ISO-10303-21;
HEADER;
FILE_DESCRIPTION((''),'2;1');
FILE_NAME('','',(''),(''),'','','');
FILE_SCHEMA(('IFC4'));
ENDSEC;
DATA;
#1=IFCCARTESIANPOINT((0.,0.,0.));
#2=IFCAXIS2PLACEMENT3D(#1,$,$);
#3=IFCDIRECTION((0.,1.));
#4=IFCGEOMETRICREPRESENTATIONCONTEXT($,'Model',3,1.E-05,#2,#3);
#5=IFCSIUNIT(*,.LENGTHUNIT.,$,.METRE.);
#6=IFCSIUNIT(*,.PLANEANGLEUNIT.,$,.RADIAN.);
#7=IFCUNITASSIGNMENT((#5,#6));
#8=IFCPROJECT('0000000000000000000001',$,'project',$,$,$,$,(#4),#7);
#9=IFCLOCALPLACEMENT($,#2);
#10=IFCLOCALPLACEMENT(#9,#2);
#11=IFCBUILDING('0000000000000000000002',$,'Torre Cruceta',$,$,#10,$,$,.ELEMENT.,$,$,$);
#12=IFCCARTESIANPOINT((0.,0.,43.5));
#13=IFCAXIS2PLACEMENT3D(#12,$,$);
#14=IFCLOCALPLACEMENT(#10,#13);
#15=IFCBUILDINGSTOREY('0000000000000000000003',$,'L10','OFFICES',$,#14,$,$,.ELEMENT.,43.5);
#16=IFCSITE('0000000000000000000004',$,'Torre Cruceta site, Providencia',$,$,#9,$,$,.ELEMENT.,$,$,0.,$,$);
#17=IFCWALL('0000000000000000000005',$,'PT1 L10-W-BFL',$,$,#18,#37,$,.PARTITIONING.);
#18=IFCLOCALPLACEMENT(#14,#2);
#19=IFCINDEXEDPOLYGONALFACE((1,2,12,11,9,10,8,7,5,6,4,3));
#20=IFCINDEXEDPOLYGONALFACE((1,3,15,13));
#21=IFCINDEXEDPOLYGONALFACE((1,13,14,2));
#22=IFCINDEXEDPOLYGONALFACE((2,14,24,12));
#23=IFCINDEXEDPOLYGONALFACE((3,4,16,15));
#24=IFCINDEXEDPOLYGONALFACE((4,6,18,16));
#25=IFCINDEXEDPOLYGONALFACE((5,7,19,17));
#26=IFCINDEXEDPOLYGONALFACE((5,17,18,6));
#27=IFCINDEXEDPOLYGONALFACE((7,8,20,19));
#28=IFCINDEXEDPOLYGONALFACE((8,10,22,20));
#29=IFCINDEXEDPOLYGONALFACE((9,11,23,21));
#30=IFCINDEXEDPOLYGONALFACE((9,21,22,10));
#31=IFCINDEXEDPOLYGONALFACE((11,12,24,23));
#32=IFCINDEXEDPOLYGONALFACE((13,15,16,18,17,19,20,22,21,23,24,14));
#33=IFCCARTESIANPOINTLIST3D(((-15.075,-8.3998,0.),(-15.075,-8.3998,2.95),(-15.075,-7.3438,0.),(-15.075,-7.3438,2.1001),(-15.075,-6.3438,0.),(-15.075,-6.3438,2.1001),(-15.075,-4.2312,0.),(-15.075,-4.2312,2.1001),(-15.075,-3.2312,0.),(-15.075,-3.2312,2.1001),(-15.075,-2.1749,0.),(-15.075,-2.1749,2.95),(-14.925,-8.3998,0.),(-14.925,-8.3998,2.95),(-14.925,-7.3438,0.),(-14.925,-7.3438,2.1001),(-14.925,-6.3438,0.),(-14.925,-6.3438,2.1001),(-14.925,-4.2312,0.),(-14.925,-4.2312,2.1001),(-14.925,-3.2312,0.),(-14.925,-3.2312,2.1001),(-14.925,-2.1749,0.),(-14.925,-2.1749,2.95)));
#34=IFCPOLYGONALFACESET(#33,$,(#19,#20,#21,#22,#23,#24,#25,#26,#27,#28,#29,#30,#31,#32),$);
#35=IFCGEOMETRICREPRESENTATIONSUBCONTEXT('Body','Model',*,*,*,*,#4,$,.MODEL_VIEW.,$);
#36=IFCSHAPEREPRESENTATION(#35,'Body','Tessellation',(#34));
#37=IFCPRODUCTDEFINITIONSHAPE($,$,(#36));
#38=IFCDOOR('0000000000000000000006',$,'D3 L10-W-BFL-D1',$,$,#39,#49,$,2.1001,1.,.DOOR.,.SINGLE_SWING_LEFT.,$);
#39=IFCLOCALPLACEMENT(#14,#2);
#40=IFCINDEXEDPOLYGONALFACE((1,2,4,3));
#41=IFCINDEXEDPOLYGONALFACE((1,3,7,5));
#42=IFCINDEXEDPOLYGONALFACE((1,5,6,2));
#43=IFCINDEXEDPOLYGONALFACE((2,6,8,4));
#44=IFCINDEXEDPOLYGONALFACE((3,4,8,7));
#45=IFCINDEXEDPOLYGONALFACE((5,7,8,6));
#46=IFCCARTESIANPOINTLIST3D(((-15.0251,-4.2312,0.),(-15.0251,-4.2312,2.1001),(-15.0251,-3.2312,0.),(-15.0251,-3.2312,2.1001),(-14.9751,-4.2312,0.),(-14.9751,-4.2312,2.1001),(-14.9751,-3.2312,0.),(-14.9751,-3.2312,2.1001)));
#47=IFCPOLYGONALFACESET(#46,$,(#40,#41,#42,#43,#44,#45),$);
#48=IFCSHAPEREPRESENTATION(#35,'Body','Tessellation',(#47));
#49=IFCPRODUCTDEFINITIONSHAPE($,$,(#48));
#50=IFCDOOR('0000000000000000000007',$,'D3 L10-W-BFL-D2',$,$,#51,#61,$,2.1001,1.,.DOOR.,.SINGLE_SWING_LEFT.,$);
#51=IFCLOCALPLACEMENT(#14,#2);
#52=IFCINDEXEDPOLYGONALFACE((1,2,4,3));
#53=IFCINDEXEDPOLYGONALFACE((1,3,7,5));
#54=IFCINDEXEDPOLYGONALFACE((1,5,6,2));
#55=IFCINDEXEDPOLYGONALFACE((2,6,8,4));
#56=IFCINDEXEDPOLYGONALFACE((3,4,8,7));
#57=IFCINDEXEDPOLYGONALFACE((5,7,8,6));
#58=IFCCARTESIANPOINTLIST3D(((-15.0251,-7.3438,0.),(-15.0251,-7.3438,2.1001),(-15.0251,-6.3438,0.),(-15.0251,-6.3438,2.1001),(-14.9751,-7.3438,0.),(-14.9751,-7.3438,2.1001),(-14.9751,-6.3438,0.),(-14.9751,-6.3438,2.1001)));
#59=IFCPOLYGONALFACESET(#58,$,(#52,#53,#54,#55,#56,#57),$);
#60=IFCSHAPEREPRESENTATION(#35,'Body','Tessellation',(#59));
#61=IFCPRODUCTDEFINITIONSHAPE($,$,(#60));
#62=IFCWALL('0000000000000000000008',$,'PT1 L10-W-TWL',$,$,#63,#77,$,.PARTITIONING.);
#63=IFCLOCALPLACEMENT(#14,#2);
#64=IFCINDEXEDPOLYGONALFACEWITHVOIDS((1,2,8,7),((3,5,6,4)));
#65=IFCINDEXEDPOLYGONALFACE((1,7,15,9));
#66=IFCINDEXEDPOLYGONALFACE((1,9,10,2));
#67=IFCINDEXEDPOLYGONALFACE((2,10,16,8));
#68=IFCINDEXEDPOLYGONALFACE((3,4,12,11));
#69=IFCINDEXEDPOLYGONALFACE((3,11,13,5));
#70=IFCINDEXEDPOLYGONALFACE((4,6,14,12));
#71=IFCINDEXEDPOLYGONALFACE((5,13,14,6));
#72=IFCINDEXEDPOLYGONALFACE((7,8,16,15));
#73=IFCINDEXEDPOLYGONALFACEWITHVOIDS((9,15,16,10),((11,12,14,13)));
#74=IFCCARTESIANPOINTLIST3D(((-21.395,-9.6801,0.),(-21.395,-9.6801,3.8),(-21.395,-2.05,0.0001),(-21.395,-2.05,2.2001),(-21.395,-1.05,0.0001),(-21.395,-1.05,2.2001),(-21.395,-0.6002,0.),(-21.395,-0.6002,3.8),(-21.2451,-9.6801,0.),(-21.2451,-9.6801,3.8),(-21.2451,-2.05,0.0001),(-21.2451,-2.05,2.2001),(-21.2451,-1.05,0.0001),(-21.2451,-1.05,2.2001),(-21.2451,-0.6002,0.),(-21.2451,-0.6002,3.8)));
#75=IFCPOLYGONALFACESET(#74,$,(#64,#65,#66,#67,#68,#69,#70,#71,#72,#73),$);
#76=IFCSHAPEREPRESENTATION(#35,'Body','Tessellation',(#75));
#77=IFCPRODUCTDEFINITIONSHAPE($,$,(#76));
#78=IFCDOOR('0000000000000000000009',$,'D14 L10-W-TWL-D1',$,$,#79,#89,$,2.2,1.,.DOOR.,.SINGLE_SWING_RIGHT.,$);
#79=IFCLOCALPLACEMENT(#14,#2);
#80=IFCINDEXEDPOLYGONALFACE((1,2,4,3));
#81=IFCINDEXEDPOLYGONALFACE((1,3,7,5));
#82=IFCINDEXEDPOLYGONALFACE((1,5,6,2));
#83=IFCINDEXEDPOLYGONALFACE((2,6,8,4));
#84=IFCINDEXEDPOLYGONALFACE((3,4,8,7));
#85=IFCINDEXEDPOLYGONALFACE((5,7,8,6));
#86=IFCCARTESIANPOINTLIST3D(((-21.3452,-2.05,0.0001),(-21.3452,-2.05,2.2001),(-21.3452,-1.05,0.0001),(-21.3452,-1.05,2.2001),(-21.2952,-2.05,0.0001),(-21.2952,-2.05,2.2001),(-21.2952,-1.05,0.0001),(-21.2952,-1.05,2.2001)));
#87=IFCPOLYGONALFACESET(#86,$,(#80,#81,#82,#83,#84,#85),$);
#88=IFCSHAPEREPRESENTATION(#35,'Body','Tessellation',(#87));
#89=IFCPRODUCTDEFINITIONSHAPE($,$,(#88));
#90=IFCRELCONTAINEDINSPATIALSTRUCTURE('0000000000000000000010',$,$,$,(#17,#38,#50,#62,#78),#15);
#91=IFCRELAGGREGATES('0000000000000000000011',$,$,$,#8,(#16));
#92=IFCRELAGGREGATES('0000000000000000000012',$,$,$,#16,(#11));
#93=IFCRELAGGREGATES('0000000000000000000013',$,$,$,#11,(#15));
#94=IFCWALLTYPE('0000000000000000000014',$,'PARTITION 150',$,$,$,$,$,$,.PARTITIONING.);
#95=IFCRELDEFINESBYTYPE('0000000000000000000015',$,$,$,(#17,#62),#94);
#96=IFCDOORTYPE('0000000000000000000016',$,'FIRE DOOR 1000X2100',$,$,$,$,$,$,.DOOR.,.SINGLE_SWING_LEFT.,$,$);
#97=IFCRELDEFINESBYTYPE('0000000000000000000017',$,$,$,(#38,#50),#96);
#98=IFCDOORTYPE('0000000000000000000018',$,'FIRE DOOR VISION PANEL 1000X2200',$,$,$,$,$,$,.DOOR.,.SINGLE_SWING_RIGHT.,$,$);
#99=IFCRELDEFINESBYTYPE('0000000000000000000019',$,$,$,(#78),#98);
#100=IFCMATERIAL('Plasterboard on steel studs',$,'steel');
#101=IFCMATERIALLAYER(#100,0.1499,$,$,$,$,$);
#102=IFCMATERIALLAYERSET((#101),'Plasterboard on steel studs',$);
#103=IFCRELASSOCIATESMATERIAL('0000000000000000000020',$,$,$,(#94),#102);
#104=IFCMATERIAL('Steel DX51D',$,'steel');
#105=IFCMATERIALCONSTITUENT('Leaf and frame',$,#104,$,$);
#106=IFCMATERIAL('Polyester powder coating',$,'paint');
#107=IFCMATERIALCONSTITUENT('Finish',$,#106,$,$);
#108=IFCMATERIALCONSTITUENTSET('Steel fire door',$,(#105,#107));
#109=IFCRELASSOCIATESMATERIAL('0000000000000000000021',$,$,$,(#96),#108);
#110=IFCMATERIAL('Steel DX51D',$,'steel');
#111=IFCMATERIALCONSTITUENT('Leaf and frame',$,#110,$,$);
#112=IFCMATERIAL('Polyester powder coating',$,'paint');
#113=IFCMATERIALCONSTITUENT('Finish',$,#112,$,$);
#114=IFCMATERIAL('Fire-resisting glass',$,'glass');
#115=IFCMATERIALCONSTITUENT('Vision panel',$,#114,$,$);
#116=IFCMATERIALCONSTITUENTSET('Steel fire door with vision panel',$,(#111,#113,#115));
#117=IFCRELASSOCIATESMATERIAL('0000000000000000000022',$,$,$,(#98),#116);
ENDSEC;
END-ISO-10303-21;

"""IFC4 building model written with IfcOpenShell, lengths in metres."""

from ifc_helpers import new_model, si_unit, direction, frame, frame_2d, origin, place, context, subcontext, project, spatial, rectangle, extrude, material, layer, layer_set, constituent, constituent_set, type_object, element, fill, save


model = new_model("IFC4")

# Units and contexts
model_context = context("Model", 3, precision=1e-05, world=origin(), true_north=direction((0.0, 1.0)))
body_context = subcontext(model_context, "Body", "Model", "MODEL_VIEW")
ifc_project = project(units=[si_unit("LENGTHUNIT", "METRE"), si_unit("PLANEANGLEUNIT", "RADIAN")], contexts=[model_context])

# Site, building, storey
site_placement = place(None, origin())
site = spatial("IfcSite", under=ifc_project, at=site_placement, Name="Torre Cruceta site, Providencia", CompositionType="ELEMENT", RefElevation=0.0)
building_placement = place(site_placement, origin())
building = spatial("IfcBuilding", under=site, at=building_placement, Name="Torre Cruceta", CompositionType="ELEMENT")
storey_placement = place(building_placement, frame((0.0, 0.0, 43.5)))
storey = spatial("IfcBuildingStorey", under=building, at=storey_placement, Name="L10", Description="OFFICES", CompositionType="ELEMENT", Elevation=43.5)

# Wall, openings, doors
ifc_material_1 = material(Name="Plasterboard on steel studs", Category="steel")
ifc_layer_1 = layer(ifc_material_1, 0.1499)
ifc_layer_set_1 = layer_set([ifc_layer_1], Name="Plasterboard on steel studs")
wall_type_1 = type_object("IfcWallType", Name="PARTITION 150", PredefinedType="PARTITIONING", material=ifc_layer_set_1)
wall_1_placement = place(storey_placement, frame((-15.0, -2.175, 0.0), z_axis=(0.0, 0.0, 1.0), x_axis=(0.0, -1.0, 0.0)))
wall_1 = element("IfcWall", 1, at=wall_1_placement, inside=storey, type_object=wall_type_1, Name="PT1 L10-W-BFL", PredefinedType="PARTITIONING", context=body_context, shape_type="SweptSolid", body=[
    extrude(rectangle(XDim=6.2249, YDim=0.1499, at=frame_2d((3.1123, 0.0))), origin(), (0.0, 0.0, 1.0), 2.95),
])
opening_1_placement = place(wall_1_placement, frame((1.0562, 0.0, 0.0)))
opening_1 = element("IfcOpeningElement", 2, at=opening_1_placement, cuts=wall_1, PredefinedType="OPENING", context=body_context, shape_type="SweptSolid", body=[
    extrude(rectangle(XDim=1.0, YDim=2.1001, at=frame_2d((0.5, 1.05))), frame((0.0, 0.085, 0.0), z_axis=(0.0, -1.0, 0.0), x_axis=(1.0, 0.0, 0.0)), (0.0, 0.0, 1.0), 0.1699),
])
opening_2_placement = place(wall_1_placement, frame((4.1687, 0.0, 0.0)))
opening_2 = element("IfcOpeningElement", 3, at=opening_2_placement, cuts=wall_1, PredefinedType="OPENING", context=body_context, shape_type="SweptSolid", body=[
    extrude(rectangle(XDim=1.0, YDim=2.1001, at=frame_2d((0.5, 1.05))), frame((0.0, 0.085, 0.0), z_axis=(0.0, -1.0, 0.0), x_axis=(1.0, 0.0, 0.0)), (0.0, 0.0, 1.0), 0.1699),
])
ifc_material_2 = material(Name="Steel DX51D", Category="steel")
ifc_constituent_1 = constituent(ifc_material_2, Name="Leaf and frame")
ifc_material_3 = material(Name="Polyester powder coating", Category="paint")
ifc_constituent_2 = constituent(ifc_material_3, Name="Finish")
ifc_constituent_set_1 = constituent_set(constituents=[ifc_constituent_1, ifc_constituent_2], Name="Steel fire door")
door_type_1 = type_object("IfcDoorType", Name="FIRE DOOR 1000X2100", OperationType="SINGLE_SWING_LEFT", PredefinedType="DOOR", material=ifc_constituent_set_1)
door_1_placement = place(opening_1_placement, origin())
door_1 = element("IfcDoor", 4, at=door_1_placement, inside=storey, type_object=door_type_1, Name="D3 L10-W-BFL-D1", OperationType="SINGLE_SWING_LEFT", OverallHeight=2.1001, OverallWidth=1.0, PredefinedType="DOOR", context=body_context, shape_type="SweptSolid", body=[
    extrude(rectangle(XDim=1.0, YDim=2.1001, at=frame_2d((0.5, 1.05))), frame((0.0, 0.0249, 0.0), z_axis=(0.0, -1.0, 0.0), x_axis=(1.0, 0.0, 0.0)), (0.0, 0.0, 1.0), 0.05),
])
fill(opening_1, door_1)
door_2_placement = place(opening_2_placement, origin())
door_2 = element("IfcDoor", 5, at=door_2_placement, inside=storey, type_object=door_type_1, Name="D3 L10-W-BFL-D2", OperationType="SINGLE_SWING_LEFT", OverallHeight=2.1001, OverallWidth=1.0, PredefinedType="DOOR", context=body_context, shape_type="SweptSolid", body=[
    extrude(rectangle(XDim=1.0, YDim=2.1001, at=frame_2d((0.5, 1.05))), frame((0.0, 0.0249, 0.0), z_axis=(0.0, -1.0, 0.0), x_axis=(1.0, 0.0, 0.0)), (0.0, 0.0, 1.0), 0.05),
])
fill(opening_2, door_2)

# Wall, opening, door
wall_2_placement = place(storey_placement, frame((-21.3201, -0.6001, 0.0), z_axis=(0.0, 0.0, 1.0), x_axis=(0.0, -1.0, 0.0)))
wall_2 = element("IfcWall", 6, at=wall_2_placement, inside=storey, type_object=wall_type_1, Name="PT1 L10-W-TWL", PredefinedType="PARTITIONING", context=body_context, shape_type="SweptSolid", body=[
    extrude(rectangle(XDim=9.0798, YDim=0.1499, at=frame_2d((4.54, 0.0))), origin(), (0.0, 0.0, 1.0), 3.8),
])
opening_3_placement = place(wall_2_placement, frame((0.45, 0.0, 0.0)))
opening_3 = element("IfcOpeningElement", 7, at=opening_3_placement, cuts=wall_2, PredefinedType="OPENING", context=body_context, shape_type="SweptSolid", body=[
    extrude(rectangle(XDim=1.0, YDim=2.2, at=frame_2d((0.5, 1.1001))), frame((0.0, 0.085, 0.0), z_axis=(0.0, -1.0, 0.0), x_axis=(1.0, 0.0, 0.0)), (0.0, 0.0, 1.0), 0.1699),
])
ifc_material_4 = material(Name="Steel DX51D", Category="steel")
ifc_constituent_3 = constituent(ifc_material_4, Name="Leaf and frame")
ifc_material_5 = material(Name="Polyester powder coating", Category="paint")
ifc_constituent_4 = constituent(ifc_material_5, Name="Finish")
ifc_material_6 = material(Name="Fire-resisting glass", Category="glass")
ifc_constituent_5 = constituent(ifc_material_6, Name="Vision panel")
ifc_constituent_set_2 = constituent_set(constituents=[ifc_constituent_3, ifc_constituent_4, ifc_constituent_5], Name="Steel fire door with vision panel")
door_type_2 = type_object("IfcDoorType", Name="FIRE DOOR VISION PANEL 1000X2200", OperationType="SINGLE_SWING_RIGHT", PredefinedType="DOOR", material=ifc_constituent_set_2)
door_3_placement = place(opening_3_placement, frame((1.0, 0.0, 0.0), z_axis=(0.0, 0.0, 1.0), x_axis=(-1.0, 0.0, 0.0)))
door_3 = element("IfcDoor", 8, at=door_3_placement, inside=storey, type_object=door_type_2, Name="D14 L10-W-TWL-D1", OperationType="SINGLE_SWING_RIGHT", OverallHeight=2.2, OverallWidth=1.0, PredefinedType="DOOR", context=body_context, shape_type="SweptSolid", body=[
    extrude(rectangle(XDim=1.0, YDim=2.2, at=frame_2d((0.5, 1.1001))), frame((0.0, 0.0251, 0.0), z_axis=(0.0, -1.0, 0.0), x_axis=(1.0, 0.0, 0.0)), (0.0, 0.0, 1.0), 0.05),
])
fill(opening_3, door_3)

save(model, "model.ifc")
